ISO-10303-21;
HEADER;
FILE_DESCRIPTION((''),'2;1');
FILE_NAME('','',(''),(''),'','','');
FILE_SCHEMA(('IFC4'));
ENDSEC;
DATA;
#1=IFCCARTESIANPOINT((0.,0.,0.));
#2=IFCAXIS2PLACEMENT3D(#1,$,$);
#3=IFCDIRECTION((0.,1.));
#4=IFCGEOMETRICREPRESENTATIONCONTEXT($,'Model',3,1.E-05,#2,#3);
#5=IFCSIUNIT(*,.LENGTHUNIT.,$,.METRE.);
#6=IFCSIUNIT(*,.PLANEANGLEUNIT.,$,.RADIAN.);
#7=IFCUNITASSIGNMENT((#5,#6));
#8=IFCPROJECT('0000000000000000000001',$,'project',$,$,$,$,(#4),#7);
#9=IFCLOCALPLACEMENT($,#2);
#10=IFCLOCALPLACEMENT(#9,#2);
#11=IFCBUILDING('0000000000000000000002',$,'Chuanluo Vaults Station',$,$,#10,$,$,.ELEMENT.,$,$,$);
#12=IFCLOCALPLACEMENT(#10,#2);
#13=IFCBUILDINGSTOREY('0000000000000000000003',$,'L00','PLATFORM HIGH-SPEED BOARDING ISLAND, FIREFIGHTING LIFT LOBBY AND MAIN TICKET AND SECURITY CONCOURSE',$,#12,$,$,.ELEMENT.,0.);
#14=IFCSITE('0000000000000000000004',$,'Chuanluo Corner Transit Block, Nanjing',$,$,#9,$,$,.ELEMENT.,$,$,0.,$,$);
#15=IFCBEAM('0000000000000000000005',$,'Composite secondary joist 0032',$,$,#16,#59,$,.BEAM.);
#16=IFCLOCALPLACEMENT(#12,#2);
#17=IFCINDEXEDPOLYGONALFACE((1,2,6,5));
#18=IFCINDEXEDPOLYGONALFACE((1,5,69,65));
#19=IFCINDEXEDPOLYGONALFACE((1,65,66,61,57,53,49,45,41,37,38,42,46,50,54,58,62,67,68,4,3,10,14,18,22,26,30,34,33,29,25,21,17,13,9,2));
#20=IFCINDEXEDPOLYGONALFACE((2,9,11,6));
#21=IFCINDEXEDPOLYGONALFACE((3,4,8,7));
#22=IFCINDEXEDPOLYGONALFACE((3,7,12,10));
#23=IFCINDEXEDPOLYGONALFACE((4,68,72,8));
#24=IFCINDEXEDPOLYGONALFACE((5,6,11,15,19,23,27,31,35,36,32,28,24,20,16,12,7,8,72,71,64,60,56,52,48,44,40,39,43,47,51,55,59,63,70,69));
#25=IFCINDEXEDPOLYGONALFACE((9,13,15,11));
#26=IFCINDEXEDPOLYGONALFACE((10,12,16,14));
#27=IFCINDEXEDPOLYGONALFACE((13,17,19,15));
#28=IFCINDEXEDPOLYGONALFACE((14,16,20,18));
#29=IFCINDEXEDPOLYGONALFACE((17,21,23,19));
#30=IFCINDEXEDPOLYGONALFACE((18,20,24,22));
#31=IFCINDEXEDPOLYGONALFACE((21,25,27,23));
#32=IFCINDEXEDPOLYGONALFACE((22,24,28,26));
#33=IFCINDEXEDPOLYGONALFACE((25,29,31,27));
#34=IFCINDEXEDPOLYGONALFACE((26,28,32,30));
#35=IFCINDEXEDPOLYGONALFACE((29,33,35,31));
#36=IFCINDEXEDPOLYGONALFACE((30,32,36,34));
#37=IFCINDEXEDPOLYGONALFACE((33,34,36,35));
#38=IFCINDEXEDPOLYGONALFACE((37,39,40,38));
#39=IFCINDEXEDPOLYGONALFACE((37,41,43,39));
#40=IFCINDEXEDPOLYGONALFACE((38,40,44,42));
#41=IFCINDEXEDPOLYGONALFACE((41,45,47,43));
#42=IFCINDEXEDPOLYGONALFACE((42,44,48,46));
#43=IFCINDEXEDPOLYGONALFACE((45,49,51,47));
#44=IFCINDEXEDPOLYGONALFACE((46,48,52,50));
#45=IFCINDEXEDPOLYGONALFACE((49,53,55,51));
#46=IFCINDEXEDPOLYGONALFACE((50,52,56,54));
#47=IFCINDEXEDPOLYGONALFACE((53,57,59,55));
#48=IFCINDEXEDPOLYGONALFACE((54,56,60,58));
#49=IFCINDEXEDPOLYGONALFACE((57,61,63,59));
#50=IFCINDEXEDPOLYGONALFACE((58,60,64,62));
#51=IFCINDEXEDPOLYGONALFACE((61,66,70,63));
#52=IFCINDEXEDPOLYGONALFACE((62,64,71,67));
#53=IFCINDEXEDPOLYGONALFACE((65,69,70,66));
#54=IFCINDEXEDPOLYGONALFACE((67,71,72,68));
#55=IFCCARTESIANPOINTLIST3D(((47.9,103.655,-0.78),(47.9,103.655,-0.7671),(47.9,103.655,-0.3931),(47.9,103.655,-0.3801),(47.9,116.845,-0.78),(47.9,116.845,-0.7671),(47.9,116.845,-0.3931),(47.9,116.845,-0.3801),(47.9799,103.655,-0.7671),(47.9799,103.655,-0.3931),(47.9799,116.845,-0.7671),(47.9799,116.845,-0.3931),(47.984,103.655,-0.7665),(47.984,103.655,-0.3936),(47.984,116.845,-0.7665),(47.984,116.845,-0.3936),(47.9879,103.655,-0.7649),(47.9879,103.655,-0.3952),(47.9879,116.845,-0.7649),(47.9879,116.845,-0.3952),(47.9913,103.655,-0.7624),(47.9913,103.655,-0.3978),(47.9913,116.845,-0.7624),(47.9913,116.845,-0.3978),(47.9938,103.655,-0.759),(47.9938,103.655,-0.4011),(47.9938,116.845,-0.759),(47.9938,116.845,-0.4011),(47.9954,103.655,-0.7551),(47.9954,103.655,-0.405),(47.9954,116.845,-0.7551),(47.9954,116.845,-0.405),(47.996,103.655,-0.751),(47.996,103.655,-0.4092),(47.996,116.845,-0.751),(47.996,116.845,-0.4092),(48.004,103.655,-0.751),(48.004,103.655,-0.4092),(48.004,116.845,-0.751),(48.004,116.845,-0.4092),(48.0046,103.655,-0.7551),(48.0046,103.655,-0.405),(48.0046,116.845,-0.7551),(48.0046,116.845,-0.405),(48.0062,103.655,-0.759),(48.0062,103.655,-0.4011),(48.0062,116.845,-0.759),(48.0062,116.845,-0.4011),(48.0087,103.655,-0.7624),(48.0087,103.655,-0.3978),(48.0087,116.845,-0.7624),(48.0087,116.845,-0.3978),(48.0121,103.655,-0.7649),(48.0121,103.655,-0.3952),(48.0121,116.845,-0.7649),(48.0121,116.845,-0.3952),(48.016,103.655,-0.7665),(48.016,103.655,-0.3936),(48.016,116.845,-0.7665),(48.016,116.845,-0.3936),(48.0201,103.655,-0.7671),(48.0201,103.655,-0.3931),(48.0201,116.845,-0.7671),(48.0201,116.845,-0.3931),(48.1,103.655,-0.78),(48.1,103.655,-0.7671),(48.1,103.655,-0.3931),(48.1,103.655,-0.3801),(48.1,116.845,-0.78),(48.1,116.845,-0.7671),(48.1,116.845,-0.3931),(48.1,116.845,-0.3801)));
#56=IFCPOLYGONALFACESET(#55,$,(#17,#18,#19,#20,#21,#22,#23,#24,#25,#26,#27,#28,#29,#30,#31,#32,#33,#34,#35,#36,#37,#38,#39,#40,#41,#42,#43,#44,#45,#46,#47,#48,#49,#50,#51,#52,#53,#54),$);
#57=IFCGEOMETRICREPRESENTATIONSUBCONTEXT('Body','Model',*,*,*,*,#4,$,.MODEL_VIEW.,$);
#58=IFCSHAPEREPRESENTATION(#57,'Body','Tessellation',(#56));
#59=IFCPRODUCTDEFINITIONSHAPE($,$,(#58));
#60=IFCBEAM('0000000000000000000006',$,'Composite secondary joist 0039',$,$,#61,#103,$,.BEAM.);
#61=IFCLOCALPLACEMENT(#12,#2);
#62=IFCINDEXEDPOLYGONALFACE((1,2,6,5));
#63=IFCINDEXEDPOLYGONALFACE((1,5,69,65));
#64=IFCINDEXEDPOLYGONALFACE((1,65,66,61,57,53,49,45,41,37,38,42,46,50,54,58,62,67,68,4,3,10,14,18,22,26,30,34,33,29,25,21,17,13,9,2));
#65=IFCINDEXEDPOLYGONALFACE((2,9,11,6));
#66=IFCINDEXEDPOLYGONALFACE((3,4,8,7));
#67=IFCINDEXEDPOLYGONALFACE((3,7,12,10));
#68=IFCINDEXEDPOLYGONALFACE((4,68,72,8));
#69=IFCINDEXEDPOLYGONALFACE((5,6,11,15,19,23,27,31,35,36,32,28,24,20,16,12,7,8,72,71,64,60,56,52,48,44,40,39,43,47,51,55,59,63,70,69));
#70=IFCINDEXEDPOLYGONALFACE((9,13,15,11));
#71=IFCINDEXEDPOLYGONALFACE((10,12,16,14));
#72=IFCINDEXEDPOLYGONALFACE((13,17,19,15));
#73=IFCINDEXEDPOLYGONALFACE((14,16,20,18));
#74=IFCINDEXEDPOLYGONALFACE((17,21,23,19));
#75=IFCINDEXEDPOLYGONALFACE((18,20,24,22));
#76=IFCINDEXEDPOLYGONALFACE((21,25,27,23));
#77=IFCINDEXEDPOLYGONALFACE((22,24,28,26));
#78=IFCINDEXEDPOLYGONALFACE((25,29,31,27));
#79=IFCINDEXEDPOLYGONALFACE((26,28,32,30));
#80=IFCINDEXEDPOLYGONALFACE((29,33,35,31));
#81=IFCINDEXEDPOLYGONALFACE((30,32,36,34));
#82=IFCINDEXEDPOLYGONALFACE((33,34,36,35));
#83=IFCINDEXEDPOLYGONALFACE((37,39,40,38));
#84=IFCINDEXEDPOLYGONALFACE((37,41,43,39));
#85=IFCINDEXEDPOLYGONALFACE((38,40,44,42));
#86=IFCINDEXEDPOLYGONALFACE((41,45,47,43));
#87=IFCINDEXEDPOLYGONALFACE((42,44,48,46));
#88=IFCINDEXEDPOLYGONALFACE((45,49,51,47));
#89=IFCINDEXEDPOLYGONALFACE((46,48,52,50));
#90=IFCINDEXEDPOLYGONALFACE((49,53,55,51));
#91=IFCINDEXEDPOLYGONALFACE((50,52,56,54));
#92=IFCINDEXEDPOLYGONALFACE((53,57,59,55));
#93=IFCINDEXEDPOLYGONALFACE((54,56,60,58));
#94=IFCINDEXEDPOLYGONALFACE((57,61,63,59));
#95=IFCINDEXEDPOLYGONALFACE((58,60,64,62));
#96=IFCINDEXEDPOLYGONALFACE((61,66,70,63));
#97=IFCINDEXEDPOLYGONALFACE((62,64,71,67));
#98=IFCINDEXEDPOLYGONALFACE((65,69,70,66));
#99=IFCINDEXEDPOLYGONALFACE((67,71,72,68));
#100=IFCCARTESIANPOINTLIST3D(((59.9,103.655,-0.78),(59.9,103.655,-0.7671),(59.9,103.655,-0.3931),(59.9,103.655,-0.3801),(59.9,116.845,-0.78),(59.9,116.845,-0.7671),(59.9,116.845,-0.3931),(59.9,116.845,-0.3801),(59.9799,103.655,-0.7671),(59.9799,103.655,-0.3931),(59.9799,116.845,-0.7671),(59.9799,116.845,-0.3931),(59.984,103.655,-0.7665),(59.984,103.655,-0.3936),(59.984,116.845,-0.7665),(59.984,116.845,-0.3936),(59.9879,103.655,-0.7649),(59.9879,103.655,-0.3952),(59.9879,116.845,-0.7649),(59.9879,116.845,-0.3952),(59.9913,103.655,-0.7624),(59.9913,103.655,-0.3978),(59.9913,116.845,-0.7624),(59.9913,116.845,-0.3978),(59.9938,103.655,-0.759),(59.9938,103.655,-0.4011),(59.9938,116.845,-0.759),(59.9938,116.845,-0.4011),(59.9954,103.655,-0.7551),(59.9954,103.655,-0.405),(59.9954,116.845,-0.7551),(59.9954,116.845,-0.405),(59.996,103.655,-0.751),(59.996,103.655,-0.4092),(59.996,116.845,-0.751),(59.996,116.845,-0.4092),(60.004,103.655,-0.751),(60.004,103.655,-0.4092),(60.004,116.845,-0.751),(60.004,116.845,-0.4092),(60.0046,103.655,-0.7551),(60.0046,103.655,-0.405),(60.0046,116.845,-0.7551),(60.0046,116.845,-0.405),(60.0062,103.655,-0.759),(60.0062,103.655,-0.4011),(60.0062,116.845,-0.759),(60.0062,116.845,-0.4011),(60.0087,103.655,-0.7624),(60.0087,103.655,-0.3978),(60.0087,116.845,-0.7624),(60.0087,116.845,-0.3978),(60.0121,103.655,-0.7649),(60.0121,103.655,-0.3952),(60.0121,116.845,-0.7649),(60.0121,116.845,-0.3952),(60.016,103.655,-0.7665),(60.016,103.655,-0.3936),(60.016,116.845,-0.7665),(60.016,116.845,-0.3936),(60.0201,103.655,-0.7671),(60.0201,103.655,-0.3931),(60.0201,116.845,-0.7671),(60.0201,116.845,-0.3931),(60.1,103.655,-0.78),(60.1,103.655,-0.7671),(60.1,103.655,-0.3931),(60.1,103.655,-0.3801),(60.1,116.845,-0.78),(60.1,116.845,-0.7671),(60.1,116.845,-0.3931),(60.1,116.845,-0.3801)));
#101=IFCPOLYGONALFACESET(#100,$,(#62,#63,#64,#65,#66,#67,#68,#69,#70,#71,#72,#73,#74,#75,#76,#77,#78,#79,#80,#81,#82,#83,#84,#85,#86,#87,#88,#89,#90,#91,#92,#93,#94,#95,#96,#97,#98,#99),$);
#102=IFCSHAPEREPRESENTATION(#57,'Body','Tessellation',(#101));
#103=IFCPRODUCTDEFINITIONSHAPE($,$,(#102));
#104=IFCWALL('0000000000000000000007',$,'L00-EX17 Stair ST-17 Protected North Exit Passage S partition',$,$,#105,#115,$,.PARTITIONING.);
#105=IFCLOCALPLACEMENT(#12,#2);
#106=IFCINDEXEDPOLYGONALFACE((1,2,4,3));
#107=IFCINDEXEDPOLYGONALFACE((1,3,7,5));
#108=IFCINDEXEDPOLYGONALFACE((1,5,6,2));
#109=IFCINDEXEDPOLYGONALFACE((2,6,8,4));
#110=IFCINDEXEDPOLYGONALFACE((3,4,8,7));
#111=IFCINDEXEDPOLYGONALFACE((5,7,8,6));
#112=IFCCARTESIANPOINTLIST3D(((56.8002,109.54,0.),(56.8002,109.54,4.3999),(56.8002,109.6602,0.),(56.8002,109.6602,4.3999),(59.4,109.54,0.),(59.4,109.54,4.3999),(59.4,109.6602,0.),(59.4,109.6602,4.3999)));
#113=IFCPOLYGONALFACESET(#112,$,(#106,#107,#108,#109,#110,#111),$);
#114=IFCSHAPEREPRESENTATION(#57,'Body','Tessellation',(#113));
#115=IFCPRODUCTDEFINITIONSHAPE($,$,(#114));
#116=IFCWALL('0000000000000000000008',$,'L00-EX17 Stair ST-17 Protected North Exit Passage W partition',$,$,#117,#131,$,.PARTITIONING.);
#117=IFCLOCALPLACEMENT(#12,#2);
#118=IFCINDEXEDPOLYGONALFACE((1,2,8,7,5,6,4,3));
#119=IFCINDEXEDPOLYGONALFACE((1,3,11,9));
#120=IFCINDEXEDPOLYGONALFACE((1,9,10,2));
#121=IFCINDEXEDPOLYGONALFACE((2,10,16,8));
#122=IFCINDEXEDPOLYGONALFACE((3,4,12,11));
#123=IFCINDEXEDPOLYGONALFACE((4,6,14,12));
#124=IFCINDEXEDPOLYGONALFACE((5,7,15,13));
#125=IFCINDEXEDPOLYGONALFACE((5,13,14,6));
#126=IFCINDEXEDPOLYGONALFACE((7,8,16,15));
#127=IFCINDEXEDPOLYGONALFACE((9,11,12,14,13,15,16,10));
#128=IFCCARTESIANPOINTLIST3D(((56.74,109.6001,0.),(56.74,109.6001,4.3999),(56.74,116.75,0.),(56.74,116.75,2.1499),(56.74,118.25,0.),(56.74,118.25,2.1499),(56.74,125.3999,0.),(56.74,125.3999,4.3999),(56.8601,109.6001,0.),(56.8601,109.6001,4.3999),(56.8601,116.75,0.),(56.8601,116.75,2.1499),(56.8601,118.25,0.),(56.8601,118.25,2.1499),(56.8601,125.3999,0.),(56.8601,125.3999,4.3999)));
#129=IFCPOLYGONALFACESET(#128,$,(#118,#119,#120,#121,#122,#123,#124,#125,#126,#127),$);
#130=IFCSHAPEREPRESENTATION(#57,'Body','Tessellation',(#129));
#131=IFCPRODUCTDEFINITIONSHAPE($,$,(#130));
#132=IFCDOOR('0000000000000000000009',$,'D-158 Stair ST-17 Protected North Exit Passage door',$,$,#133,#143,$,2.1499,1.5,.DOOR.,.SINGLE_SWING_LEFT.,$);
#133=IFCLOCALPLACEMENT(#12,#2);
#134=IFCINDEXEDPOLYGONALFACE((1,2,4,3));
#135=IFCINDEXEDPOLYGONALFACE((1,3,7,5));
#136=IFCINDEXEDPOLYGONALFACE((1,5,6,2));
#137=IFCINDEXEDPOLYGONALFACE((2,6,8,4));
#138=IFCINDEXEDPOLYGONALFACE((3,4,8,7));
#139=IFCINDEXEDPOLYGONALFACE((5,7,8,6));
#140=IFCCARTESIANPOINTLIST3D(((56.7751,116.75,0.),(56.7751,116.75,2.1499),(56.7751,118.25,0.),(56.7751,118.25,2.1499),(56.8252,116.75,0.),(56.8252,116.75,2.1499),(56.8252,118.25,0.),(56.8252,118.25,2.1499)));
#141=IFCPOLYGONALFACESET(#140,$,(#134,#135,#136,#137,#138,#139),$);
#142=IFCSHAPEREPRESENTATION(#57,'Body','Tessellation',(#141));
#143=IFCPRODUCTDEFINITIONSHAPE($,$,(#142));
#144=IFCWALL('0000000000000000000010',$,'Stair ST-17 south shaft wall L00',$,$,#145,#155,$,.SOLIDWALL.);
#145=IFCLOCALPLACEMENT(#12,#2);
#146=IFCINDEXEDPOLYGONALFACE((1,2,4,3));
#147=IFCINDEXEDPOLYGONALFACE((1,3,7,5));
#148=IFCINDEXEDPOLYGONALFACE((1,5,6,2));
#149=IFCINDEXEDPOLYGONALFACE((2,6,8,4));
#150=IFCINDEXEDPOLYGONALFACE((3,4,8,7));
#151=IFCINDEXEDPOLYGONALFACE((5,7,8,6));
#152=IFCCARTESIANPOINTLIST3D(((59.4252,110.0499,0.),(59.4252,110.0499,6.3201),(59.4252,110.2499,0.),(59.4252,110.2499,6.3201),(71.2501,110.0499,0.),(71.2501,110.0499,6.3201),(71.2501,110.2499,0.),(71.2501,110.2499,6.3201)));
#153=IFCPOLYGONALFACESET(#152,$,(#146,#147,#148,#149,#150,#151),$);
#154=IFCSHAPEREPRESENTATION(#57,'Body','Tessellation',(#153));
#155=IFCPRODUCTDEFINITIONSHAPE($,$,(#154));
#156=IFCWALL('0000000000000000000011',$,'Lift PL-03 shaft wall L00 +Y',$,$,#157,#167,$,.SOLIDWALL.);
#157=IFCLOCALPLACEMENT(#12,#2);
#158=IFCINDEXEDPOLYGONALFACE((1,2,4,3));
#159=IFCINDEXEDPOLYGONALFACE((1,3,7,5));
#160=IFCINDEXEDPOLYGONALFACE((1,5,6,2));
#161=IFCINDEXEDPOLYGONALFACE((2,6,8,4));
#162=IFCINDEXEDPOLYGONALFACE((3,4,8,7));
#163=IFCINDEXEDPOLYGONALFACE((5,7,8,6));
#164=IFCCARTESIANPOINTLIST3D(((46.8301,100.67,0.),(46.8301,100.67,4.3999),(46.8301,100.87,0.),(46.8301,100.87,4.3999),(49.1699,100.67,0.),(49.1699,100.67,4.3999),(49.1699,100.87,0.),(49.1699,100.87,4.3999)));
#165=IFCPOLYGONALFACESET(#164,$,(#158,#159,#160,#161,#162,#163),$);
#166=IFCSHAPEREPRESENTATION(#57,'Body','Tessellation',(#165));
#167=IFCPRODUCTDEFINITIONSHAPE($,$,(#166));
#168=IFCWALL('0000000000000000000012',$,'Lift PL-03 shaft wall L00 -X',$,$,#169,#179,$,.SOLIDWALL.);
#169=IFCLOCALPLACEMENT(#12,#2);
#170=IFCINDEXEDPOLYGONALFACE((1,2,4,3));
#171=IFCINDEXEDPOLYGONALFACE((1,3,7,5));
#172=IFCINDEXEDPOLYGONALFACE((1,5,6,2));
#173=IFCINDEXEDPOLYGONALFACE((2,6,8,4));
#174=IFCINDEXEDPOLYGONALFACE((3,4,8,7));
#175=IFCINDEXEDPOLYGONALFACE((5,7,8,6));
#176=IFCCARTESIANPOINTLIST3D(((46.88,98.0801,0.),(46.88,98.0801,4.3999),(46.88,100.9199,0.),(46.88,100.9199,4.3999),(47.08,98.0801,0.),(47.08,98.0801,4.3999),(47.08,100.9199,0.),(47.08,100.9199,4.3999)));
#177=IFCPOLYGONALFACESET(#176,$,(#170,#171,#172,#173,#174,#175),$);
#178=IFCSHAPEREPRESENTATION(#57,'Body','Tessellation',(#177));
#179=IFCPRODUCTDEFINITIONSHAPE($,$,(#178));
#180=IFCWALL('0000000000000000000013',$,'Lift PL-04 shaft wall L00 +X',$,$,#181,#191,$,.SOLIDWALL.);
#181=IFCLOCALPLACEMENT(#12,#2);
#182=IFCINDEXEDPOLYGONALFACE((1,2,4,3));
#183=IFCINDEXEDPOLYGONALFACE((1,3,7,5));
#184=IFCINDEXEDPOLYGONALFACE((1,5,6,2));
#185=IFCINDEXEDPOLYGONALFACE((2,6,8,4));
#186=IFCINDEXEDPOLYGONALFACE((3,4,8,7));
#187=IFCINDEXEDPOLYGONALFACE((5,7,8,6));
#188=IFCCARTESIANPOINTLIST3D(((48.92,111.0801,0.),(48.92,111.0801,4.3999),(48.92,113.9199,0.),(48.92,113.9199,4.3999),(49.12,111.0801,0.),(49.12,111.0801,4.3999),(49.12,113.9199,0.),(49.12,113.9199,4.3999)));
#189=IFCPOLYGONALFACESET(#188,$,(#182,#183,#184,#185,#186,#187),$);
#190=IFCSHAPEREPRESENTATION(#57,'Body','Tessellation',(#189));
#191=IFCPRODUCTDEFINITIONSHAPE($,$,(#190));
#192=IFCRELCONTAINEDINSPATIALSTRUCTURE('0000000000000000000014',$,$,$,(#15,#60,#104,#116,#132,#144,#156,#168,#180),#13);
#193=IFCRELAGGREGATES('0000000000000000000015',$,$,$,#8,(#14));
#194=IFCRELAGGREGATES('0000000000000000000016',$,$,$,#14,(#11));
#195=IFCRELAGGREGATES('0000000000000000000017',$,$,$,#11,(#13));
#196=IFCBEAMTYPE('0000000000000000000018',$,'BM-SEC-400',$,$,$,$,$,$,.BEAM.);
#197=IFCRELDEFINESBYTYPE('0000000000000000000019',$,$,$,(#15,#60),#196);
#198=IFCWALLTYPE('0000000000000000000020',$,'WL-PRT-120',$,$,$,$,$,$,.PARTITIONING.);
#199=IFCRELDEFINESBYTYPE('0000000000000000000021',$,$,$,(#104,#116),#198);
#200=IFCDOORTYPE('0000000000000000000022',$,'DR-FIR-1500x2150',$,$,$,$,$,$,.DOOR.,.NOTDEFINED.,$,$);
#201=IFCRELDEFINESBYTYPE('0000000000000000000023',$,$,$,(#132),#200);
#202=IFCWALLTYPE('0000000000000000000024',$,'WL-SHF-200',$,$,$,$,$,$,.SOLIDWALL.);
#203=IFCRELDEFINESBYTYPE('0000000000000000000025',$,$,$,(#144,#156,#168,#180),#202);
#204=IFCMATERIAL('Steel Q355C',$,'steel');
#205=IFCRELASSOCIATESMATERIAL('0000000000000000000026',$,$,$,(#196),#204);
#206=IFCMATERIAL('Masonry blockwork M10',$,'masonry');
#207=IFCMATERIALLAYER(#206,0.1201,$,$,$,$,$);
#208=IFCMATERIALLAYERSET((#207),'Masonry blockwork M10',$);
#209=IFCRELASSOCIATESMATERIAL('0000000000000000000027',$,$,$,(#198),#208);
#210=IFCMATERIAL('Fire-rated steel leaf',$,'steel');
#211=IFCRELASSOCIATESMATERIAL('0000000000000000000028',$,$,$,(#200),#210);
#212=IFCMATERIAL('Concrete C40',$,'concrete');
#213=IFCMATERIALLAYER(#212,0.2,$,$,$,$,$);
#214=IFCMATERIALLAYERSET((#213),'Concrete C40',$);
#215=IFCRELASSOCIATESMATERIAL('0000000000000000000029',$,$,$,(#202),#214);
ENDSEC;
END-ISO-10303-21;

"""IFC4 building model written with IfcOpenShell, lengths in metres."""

from ifc_helpers import new_model, si_unit, direction, frame, frame_2d, origin, origin_2d, place, context, subcontext, project, spatial, rectangle, i_section, extrude, material, layer, layer_set, material_profile, profile_set, type_object, element, fill, save


model = new_model("IFC4")

# Units and contexts
model_context = context("Model", 3, precision=1e-05, world=origin(), true_north=direction((0.0, 1.0)))
body_context = subcontext(model_context, "Body", "Model", "MODEL_VIEW")
ifc_project = project(units=[si_unit("LENGTHUNIT", "METRE"), si_unit("PLANEANGLEUNIT", "RADIAN")], contexts=[model_context])

# Site, building, storey
site_placement = place(None, origin())
site = spatial("IfcSite", under=ifc_project, at=site_placement, Name="Chuanluo Corner Transit Block, Nanjing", CompositionType="ELEMENT", RefElevation=0.0)
building_placement = place(site_placement, origin())
building = spatial("IfcBuilding", under=site, at=building_placement, Name="Chuanluo Vaults Station", CompositionType="ELEMENT")
storey_placement = place(building_placement, origin())
storey = spatial("IfcBuildingStorey", under=building, at=storey_placement, Name="L00", Description="PLATFORM HIGH-SPEED BOARDING ISLAND, FIREFIGHTING LIFT LOBBY AND MAIN TICKET AND SECURITY CONCOURSE", CompositionType="ELEMENT", Elevation=0.0)

# Beams
ifc_material_1 = material(Name="Steel Q355C", Category="steel")
ifc_material_profile_1 = material_profile(ifc_material_1, i_section(OverallWidth=0.2, OverallDepth=0.3999, WebThickness=0.0081, FlangeThickness=0.0129, FilletRadius=0.0161, at=origin_2d()))
ifc_profile_set_1 = profile_set([ifc_material_profile_1], Name="Steel Q355C")
beam_type_1 = type_object("IfcBeamType", Name="BM-SEC-400", PredefinedType="BEAM", material=ifc_profile_set_1)
for number, where, z_axis, x_axis, name in (
    (1, (48.0, 103.655, -0.5801), (0.0, 1.0, 0.0), (-1.0, 0.0, 0.0), "Composite secondary joist 0032"),
    (2, (60.0, 103.655, -0.5801), (0.0, 1.0, 0.0), (-1.0, 0.0, 0.0), "Composite secondary joist 0039"),
):
    element("IfcBeam", number, at=place(storey_placement, frame(where, z_axis=z_axis, x_axis=x_axis)), inside=storey, type_object=beam_type_1, Name=name, PredefinedType="BEAM", context=body_context, shape_type="SweptSolid", body=[
        extrude(i_section(OverallWidth=0.2, OverallDepth=0.3999, WebThickness=0.0081, FlangeThickness=0.0129, FilletRadius=0.0161, at=origin_2d()), origin(), (0.0, 0.0, 1.0), 13.1899),
    ])

# Wall
ifc_material_2 = material(Name="Masonry blockwork M10", Category="masonry")
ifc_layer_1 = layer(ifc_material_2, 0.1201)
ifc_layer_set_1 = layer_set([ifc_layer_1], Name="Masonry blockwork M10")
wall_type_1 = type_object("IfcWallType", Name="WL-PRT-120", PredefinedType="PARTITIONING", material=ifc_layer_set_1)
wall_1_placement = place(storey_placement, frame((59.3999, 109.6001, 0.0), z_axis=(0.0, 0.0, 1.0), x_axis=(-1.0, 0.0, 0.0)))
element("IfcWall", 3, at=wall_1_placement, inside=storey, type_object=wall_type_1, Name="L00-EX17 Stair ST-17 Protected North Exit Passage S partition", PredefinedType="PARTITIONING", context=body_context, shape_type="SweptSolid", body=[
    extrude(rectangle(XDim=2.5999, YDim=0.1201, at=frame_2d((1.2998, 0.0))), origin(), (0.0, 0.0, 1.0), 4.3999),
])

# Wall, opening, door
wall_2_placement = place(storey_placement, frame((56.8, 109.6001, 0.0), z_axis=(0.0, 0.0, 1.0), x_axis=(0.0, 1.0, 0.0)))
wall_2 = element("IfcWall", 4, at=wall_2_placement, inside=storey, type_object=wall_type_1, Name="L00-EX17 Stair ST-17 Protected North Exit Passage W partition", PredefinedType="PARTITIONING", context=body_context, shape_type="SweptSolid", body=[
    extrude(rectangle(XDim=15.7998, YDim=0.1201, at=frame_2d((7.8999, 0.0))), origin(), (0.0, 0.0, 1.0), 4.3999),
])
opening_1_placement = place(wall_2_placement, frame((7.1499, 0.0, 0.0)))
opening_1 = element("IfcOpeningElement", 5, at=opening_1_placement, cuts=wall_2, PredefinedType="OPENING", context=body_context, shape_type="SweptSolid", body=[
    extrude(rectangle(XDim=1.5, YDim=2.1499, at=frame_2d((0.75, 1.075))), frame((0.0, 0.0701, 0.0), z_axis=(0.0, -1.0, 0.0), x_axis=(1.0, 0.0, 0.0)), (0.0, 0.0, 1.0), 0.1401),
])
ifc_material_3 = material(Name="Fire-rated steel leaf", Category="steel")
door_type_1 = type_object("IfcDoorType", Name="DR-FIR-1500x2150", OperationType="NOTDEFINED", PredefinedType="DOOR", material=ifc_material_3)
door_1_placement = place(opening_1_placement, origin())
door_1 = element("IfcDoor", 6, at=door_1_placement, inside=storey, type_object=door_type_1, Name="D-158 Stair ST-17 Protected North Exit Passage door", OperationType="SINGLE_SWING_LEFT", OverallHeight=2.1499, OverallWidth=1.5, PredefinedType="DOOR", context=body_context, shape_type="SweptSolid", body=[
    extrude(rectangle(XDim=1.5, YDim=2.1499, at=frame_2d((0.75, 1.075))), frame((0.0, 0.0249, 0.0), z_axis=(0.0, -1.0, 0.0), x_axis=(1.0, 0.0, 0.0)), (0.0, 0.0, 1.0), 0.05),
])
fill(opening_1, door_1)
ifc_material_4 = material(Name="Concrete C40", Category="concrete")
ifc_layer_2 = layer(ifc_material_4, 0.2)
ifc_layer_set_2 = layer_set([ifc_layer_2], Name="Concrete C40")
wall_type_2 = type_object("IfcWallType", Name="WL-SHF-200", PredefinedType="SOLIDWALL", material=ifc_layer_set_2)

# Walls
wall_3_placement = place(storey_placement, frame((59.425, 110.1499, 0.0), z_axis=(0.0, 0.0, 1.0), x_axis=(1.0, 0.0, 0.0)))
element("IfcWall", 7, at=wall_3_placement, inside=storey, type_object=wall_type_2, Name="Stair ST-17 south shaft wall L00", PredefinedType="SOLIDWALL", context=body_context, shape_type="SweptSolid", body=[
    extrude(rectangle(XDim=11.825, YDim=0.2, at=frame_2d((5.9126, 0.0))), origin(), (0.0, 0.0, 1.0), 6.3201),
])
wall_4_placement = place(storey_placement, frame((49.1699, 100.77, 0.0), z_axis=(0.0, 0.0, 1.0), x_axis=(-1.0, 0.0, 0.0)))
element("IfcWall", 8, at=wall_4_placement, inside=storey, type_object=wall_type_2, Name="Lift PL-03 shaft wall L00 +Y", PredefinedType="SOLIDWALL", context=body_context, shape_type="SweptSolid", body=[
    extrude(rectangle(XDim=2.3398, YDim=0.2, at=frame_2d((1.1699, 0.0))), origin(), (0.0, 0.0, 1.0), 4.3999),
])
wall_5_placement = place(storey_placement, frame((46.98, 100.9199, 0.0), z_axis=(0.0, 0.0, 1.0), x_axis=(0.0, -1.0, 0.0)))
element("IfcWall", 9, at=wall_5_placement, inside=storey, type_object=wall_type_2, Name="Lift PL-03 shaft wall L00 -X", PredefinedType="SOLIDWALL", context=body_context, shape_type="SweptSolid", body=[
    extrude(rectangle(XDim=2.8398, YDim=0.2, at=frame_2d((1.4199, 0.0))), origin(), (0.0, 0.0, 1.0), 4.3999),
])

# Wall
wall_6_placement = place(storey_placement, frame((49.02, 111.0801, 0.0), z_axis=(0.0, 0.0, 1.0), x_axis=(0.0, 1.0, 0.0)))
element("IfcWall", 10, at=wall_6_placement, inside=storey, type_object=wall_type_2, Name="Lift PL-04 shaft wall L00 +X", PredefinedType="SOLIDWALL", context=body_context, shape_type="SweptSolid", body=[
    extrude(rectangle(XDim=2.8398, YDim=0.2, at=frame_2d((1.4199, 0.0))), origin(), (0.0, 0.0, 1.0), 4.3999),
])

save(model, "model.ifc")
